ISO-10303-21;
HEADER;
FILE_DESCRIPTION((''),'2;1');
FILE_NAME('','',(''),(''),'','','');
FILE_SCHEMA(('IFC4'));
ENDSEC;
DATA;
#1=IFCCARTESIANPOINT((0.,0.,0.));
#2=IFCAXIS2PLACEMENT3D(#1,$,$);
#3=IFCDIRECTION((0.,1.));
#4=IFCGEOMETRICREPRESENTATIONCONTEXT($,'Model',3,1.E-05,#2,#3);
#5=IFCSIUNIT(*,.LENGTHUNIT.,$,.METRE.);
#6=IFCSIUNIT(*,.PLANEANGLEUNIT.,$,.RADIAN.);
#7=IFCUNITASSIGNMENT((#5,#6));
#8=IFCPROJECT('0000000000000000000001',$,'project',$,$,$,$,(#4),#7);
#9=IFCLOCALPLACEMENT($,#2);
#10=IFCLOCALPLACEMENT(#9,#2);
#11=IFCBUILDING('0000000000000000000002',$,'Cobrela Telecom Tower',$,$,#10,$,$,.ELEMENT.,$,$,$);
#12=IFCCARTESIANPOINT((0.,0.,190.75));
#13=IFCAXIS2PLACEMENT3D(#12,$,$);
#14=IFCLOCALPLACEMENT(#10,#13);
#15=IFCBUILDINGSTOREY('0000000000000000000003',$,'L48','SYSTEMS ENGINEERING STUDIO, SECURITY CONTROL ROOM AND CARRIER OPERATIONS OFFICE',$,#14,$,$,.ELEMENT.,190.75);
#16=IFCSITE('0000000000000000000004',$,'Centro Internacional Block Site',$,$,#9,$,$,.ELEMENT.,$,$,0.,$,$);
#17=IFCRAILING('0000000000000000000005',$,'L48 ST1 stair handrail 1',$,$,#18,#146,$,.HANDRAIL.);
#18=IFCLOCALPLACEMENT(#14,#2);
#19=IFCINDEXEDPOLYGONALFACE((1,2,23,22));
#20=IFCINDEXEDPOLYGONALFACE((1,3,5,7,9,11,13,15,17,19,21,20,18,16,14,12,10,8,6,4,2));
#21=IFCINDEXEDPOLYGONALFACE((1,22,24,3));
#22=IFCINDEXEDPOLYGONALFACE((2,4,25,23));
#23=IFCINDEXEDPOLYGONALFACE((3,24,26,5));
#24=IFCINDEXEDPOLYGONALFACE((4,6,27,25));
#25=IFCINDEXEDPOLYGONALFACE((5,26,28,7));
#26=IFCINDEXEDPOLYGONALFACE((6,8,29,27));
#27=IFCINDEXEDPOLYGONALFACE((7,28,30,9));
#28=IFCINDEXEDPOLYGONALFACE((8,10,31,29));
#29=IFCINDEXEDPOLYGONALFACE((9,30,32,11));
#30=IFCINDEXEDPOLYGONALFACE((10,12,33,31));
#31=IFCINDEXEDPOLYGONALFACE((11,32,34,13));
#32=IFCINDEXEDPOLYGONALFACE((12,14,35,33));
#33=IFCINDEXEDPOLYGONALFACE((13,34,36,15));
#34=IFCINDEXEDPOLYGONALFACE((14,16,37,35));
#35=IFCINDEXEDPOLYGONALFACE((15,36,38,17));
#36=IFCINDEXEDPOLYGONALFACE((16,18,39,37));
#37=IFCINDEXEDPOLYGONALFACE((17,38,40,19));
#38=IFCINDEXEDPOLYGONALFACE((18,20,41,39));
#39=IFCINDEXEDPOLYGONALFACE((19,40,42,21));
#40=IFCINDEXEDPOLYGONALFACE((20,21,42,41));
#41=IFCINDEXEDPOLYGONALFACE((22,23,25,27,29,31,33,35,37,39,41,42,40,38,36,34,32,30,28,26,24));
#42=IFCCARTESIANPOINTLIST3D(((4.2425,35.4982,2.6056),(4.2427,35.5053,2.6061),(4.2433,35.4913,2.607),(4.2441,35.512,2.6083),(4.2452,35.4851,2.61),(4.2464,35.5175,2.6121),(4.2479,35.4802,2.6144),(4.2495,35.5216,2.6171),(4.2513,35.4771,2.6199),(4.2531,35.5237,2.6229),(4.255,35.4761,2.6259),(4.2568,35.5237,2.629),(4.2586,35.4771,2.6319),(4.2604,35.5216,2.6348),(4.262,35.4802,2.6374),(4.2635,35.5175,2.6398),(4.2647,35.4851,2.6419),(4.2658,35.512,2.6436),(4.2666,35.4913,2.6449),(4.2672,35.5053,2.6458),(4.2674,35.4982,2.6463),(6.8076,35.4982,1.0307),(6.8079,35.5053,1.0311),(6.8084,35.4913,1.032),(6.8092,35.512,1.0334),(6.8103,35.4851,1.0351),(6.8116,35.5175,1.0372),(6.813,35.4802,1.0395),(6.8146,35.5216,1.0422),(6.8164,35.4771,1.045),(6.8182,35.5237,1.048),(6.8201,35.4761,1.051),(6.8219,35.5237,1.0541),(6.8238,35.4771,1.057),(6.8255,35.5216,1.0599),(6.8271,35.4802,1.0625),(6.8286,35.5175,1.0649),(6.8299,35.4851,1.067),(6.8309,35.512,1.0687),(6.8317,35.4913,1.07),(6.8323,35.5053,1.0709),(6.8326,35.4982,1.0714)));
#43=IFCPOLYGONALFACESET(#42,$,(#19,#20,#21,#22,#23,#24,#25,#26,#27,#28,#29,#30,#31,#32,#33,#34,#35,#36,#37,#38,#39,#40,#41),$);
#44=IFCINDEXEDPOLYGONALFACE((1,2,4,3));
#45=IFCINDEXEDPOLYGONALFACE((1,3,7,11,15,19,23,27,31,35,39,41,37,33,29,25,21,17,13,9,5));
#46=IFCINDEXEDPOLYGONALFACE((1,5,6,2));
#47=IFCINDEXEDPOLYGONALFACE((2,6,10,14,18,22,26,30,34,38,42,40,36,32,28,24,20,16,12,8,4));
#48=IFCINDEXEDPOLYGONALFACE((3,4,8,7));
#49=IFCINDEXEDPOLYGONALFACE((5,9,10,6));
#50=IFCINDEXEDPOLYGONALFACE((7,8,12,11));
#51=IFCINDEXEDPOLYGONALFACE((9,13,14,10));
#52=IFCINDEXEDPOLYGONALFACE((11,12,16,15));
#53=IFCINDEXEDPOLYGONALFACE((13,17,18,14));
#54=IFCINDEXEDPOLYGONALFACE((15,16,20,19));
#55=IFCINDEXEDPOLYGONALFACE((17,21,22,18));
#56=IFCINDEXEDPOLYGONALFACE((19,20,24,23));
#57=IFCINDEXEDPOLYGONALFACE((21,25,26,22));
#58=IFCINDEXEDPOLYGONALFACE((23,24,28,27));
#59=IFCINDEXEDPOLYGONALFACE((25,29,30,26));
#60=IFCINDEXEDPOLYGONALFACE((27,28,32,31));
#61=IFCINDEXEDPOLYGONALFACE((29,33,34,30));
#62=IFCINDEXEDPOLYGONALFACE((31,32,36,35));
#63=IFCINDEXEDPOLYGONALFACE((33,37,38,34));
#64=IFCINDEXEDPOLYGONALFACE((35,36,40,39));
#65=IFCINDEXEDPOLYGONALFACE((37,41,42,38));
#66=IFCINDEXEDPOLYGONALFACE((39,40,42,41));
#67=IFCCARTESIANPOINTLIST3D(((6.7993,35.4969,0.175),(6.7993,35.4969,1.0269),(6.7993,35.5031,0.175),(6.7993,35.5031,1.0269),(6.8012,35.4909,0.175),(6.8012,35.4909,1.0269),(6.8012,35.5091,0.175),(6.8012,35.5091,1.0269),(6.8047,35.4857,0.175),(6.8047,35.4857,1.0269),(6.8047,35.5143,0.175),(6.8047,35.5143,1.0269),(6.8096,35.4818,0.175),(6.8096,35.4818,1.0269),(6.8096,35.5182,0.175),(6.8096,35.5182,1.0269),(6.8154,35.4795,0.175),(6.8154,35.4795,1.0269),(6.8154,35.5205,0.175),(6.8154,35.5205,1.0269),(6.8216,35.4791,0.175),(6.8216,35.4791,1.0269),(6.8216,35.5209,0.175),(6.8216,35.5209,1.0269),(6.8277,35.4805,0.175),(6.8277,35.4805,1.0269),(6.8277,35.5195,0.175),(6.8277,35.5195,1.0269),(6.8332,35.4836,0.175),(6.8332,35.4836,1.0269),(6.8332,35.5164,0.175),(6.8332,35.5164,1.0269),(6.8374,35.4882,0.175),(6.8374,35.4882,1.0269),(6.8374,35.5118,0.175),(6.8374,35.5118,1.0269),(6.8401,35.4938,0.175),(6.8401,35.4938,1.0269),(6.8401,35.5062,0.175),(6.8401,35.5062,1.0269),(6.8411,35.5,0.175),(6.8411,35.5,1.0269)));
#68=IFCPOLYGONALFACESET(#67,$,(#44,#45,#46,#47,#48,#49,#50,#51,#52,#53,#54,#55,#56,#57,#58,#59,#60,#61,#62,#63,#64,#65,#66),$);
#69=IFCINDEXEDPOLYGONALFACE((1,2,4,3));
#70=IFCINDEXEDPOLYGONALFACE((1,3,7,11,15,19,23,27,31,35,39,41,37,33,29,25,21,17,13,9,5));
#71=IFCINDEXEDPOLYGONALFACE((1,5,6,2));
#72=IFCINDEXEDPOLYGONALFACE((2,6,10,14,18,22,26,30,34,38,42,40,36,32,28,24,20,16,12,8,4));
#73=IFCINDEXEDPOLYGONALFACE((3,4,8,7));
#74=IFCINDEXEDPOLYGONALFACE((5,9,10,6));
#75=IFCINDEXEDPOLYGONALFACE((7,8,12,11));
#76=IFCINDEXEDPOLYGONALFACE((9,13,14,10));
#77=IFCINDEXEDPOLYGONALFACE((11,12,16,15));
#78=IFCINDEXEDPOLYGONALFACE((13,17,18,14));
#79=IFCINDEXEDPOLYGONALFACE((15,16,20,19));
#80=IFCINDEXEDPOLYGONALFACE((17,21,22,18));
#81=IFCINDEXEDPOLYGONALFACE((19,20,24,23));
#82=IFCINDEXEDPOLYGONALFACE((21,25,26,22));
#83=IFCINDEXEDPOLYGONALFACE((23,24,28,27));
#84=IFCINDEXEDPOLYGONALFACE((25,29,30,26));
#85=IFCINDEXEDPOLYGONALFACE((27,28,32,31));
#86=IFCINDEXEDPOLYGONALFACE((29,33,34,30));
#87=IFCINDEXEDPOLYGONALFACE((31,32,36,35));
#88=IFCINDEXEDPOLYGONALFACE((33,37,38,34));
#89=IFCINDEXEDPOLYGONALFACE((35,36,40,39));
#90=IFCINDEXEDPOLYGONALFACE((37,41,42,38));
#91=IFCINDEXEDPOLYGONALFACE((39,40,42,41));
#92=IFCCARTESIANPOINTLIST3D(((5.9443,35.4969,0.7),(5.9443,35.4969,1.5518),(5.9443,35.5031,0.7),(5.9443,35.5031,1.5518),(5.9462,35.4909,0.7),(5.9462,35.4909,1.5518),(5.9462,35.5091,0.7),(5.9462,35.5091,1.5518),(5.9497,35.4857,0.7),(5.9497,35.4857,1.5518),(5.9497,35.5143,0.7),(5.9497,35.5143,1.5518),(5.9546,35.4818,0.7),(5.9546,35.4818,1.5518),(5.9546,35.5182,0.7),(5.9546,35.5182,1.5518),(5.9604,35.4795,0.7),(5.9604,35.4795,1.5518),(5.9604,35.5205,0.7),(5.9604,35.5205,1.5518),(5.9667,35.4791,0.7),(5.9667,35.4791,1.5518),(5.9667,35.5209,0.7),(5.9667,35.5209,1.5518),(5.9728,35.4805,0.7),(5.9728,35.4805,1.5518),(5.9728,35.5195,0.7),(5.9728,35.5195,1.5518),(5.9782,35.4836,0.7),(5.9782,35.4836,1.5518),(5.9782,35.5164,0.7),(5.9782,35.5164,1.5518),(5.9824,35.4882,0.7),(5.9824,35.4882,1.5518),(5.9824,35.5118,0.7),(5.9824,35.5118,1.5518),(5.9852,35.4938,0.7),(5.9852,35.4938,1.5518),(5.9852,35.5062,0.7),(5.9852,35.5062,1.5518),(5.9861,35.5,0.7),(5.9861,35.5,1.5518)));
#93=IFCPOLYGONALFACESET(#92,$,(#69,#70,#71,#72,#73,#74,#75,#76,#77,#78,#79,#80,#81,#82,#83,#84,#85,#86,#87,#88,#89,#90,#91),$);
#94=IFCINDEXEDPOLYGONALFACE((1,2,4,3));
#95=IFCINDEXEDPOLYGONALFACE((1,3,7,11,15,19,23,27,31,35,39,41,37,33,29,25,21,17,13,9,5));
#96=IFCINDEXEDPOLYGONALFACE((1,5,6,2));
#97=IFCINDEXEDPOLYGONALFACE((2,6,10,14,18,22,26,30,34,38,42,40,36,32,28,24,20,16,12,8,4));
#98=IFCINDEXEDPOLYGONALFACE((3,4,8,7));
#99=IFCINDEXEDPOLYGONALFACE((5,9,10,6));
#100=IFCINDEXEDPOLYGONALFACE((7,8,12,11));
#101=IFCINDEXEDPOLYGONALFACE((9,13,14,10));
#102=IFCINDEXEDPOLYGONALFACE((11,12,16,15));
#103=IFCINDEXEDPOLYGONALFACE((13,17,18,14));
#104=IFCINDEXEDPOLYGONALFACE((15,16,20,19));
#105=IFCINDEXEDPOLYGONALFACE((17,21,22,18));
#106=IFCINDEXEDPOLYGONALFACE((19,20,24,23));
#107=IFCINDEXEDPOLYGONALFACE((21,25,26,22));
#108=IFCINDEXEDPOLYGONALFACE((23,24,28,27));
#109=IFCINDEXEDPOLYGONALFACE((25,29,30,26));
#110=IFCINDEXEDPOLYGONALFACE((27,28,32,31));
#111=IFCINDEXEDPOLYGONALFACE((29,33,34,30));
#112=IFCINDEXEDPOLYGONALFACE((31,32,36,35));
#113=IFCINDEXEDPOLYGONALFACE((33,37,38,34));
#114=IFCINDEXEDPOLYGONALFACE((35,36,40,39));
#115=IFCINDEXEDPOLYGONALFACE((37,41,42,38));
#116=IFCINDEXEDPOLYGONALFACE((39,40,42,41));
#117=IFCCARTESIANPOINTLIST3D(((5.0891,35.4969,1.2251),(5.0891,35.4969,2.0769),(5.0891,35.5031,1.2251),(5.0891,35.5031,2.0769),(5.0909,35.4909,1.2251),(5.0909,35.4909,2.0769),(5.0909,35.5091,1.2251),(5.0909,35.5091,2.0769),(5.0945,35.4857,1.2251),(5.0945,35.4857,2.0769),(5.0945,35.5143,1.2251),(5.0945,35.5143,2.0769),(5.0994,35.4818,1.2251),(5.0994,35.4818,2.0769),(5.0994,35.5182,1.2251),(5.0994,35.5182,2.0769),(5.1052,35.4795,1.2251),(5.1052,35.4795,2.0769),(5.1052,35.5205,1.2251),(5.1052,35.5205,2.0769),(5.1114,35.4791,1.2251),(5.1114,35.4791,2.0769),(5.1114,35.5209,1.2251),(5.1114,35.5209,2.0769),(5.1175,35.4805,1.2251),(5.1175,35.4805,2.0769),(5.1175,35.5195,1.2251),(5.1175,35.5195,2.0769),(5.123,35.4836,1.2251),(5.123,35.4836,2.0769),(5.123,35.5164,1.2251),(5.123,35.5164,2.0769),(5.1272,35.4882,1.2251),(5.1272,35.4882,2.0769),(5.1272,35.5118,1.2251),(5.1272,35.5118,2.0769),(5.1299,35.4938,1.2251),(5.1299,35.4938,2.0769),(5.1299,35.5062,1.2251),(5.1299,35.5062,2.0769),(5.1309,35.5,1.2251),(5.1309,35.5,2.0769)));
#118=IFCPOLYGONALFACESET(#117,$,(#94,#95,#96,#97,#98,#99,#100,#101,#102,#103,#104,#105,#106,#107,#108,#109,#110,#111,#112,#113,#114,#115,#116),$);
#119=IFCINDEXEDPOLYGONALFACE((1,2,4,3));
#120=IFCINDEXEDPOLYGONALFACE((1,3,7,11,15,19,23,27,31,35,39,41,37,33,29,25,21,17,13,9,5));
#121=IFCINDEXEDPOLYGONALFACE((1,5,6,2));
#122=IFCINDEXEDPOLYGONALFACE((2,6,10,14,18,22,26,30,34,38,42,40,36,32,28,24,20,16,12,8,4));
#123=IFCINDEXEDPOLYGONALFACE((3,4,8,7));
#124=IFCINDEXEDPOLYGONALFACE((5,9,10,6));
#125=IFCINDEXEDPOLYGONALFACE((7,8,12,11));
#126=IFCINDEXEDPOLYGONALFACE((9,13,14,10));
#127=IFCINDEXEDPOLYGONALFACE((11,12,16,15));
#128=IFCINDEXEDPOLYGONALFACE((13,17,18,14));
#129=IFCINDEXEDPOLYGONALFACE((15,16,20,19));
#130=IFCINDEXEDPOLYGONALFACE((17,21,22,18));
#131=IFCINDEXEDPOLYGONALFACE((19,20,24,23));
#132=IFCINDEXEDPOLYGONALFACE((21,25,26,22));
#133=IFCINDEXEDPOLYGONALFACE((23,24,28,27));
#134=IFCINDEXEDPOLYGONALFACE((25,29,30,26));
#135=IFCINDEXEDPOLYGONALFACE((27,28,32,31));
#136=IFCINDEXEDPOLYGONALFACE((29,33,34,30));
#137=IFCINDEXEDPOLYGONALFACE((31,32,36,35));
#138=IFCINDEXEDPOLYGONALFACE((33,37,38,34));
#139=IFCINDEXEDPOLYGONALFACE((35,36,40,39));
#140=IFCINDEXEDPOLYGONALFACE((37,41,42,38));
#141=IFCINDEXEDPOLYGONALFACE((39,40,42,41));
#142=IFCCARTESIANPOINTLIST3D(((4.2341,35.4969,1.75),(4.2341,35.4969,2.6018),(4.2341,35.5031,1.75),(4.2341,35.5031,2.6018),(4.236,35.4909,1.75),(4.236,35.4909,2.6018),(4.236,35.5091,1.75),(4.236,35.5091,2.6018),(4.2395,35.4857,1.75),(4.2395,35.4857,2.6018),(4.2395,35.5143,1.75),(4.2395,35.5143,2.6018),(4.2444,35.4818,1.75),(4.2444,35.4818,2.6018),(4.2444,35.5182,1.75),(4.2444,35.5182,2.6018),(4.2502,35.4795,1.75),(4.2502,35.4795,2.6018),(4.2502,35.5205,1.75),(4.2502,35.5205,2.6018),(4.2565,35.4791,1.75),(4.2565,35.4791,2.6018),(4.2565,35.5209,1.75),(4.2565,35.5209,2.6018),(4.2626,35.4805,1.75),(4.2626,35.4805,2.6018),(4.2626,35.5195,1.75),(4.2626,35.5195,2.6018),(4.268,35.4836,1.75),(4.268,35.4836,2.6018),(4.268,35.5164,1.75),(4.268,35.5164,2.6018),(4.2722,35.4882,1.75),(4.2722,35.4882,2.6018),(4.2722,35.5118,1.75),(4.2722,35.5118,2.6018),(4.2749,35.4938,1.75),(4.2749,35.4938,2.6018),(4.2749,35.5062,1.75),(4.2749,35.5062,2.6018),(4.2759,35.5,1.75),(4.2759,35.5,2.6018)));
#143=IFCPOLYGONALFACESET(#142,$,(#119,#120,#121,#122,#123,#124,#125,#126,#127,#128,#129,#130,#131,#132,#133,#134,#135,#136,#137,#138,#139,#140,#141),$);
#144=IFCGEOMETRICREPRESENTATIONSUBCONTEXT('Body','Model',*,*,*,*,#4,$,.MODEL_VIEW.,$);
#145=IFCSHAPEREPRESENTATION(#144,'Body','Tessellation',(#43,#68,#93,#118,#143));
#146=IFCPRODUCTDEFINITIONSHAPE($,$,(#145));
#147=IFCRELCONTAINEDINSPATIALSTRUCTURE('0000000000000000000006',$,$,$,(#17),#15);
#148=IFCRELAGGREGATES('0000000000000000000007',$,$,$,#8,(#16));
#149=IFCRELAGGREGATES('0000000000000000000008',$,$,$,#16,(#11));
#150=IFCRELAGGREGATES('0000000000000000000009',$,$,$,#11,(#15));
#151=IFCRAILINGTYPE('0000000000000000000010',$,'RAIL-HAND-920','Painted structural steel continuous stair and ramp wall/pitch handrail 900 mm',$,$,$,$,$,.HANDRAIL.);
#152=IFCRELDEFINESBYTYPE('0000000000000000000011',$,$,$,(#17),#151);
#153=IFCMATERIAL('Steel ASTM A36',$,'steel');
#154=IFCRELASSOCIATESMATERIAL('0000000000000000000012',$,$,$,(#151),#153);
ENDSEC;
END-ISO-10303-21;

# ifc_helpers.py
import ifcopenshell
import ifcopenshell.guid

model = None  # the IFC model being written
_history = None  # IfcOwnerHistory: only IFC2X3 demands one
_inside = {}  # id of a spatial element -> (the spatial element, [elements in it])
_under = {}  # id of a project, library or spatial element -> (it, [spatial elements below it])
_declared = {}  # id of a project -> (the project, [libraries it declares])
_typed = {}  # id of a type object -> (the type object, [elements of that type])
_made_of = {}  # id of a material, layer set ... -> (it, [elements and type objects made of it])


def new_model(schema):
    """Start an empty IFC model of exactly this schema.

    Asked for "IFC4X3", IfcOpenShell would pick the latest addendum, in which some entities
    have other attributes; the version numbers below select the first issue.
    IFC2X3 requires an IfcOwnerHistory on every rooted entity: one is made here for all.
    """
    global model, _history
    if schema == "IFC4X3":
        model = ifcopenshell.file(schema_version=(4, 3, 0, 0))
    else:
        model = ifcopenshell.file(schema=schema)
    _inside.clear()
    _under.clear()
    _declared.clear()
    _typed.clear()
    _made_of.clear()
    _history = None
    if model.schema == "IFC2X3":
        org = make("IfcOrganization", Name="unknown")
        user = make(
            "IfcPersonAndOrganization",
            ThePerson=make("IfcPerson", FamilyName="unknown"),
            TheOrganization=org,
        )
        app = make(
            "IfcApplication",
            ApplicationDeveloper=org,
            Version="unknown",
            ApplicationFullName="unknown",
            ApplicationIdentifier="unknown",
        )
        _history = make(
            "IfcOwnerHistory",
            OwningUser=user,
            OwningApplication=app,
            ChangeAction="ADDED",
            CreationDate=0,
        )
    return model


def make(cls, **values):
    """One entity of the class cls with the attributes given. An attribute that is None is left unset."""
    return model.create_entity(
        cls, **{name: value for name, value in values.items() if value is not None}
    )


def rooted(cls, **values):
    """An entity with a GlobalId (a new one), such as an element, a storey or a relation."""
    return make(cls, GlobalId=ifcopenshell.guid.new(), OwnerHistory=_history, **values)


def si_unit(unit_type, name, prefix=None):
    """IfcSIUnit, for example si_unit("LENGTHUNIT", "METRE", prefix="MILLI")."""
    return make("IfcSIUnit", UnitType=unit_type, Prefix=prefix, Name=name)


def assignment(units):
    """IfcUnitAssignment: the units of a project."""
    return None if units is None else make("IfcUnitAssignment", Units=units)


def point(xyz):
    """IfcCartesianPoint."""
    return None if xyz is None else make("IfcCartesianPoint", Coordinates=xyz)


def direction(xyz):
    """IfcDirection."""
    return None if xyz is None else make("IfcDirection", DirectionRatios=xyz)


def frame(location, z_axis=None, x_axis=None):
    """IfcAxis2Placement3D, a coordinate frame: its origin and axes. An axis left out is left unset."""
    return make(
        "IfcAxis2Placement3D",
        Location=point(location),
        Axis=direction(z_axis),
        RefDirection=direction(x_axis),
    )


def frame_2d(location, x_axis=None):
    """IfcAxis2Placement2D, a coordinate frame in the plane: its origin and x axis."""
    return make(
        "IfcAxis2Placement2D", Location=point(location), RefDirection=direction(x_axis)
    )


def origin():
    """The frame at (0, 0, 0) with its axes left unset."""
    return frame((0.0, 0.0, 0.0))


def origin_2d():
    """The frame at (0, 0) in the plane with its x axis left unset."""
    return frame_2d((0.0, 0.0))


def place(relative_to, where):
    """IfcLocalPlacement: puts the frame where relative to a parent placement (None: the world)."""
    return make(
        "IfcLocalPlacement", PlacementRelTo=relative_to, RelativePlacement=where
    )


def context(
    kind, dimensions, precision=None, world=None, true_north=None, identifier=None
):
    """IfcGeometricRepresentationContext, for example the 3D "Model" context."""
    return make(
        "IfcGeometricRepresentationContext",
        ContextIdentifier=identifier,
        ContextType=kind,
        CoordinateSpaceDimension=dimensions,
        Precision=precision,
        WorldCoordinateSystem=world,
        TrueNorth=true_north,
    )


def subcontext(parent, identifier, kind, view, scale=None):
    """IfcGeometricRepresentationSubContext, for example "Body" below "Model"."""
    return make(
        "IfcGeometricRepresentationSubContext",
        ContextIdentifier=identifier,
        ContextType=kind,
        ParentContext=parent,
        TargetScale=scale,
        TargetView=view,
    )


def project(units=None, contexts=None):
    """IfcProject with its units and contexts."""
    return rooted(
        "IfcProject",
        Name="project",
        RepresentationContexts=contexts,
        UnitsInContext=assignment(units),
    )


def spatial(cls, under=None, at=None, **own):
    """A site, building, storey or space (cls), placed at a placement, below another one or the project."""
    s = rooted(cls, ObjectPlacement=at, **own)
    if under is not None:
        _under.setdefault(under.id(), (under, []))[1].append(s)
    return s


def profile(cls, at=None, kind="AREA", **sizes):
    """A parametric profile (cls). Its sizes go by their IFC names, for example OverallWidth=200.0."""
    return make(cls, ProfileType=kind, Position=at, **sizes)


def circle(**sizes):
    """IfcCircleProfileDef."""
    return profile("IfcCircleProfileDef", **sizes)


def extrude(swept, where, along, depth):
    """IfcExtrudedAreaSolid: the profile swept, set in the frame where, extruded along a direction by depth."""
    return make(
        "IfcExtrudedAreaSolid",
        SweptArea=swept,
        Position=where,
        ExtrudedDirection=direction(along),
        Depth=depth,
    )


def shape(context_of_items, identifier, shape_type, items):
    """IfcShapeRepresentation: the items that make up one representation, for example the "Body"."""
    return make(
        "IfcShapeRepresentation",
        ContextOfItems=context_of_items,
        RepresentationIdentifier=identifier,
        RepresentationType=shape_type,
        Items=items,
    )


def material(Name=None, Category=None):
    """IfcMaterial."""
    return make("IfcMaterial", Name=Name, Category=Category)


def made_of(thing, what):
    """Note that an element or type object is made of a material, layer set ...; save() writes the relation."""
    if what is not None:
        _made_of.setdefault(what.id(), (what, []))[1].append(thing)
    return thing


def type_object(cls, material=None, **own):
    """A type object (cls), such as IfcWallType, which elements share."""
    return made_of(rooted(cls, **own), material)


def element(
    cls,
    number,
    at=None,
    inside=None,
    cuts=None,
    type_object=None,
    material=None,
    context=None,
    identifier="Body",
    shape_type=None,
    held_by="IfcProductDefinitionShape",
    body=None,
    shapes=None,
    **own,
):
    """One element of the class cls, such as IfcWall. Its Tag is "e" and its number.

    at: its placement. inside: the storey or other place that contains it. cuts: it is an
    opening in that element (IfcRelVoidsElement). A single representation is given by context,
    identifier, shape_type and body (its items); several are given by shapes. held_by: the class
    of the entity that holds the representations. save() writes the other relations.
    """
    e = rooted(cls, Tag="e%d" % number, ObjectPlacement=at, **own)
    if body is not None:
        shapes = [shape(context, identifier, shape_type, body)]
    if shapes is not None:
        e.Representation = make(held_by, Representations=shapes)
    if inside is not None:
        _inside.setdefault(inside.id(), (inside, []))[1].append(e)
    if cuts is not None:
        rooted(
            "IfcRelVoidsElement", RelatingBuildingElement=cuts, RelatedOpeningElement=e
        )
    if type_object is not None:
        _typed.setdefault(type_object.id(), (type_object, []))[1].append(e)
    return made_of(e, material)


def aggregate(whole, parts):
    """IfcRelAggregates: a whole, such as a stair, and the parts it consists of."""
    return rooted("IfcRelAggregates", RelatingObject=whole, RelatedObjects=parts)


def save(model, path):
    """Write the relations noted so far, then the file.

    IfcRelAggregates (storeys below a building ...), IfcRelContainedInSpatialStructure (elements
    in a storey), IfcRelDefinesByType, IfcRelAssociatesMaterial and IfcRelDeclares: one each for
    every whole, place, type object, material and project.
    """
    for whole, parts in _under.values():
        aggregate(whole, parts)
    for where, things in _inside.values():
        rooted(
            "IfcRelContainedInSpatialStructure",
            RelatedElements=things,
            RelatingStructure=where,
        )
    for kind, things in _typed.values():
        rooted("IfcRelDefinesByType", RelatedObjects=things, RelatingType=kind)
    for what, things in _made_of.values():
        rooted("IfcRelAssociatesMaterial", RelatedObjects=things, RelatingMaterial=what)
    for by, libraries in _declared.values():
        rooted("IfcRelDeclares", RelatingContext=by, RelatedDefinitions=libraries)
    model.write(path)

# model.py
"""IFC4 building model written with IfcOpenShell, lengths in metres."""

from ifc_helpers import new_model, si_unit, direction, frame, origin, origin_2d, place, context, subcontext, project, spatial, circle, extrude, material, type_object, element, save


model = new_model("IFC4")

# Units and contexts
model_context = context("Model", 3, precision=1e-05, world=origin(), true_north=direction((0.0, 1.0)))
body_context = subcontext(model_context, "Body", "Model", "MODEL_VIEW")
ifc_project = project(units=[si_unit("LENGTHUNIT", "METRE"), si_unit("PLANEANGLEUNIT", "RADIAN")], contexts=[model_context])

# Site, building, storey
site_placement = place(None, origin())
site = spatial("IfcSite", under=ifc_project, at=site_placement, Name="Centro Internacional Block Site", CompositionType="ELEMENT", RefElevation=0.0)
building_placement = place(site_placement, origin())
building = spatial("IfcBuilding", under=site, at=building_placement, Name="Cobrela Telecom Tower", CompositionType="ELEMENT")
storey_placement = place(building_placement, frame((0.0, 0.0, 190.75)))
storey = spatial("IfcBuildingStorey", under=building, at=storey_placement, Name="L48", Description="SYSTEMS ENGINEERING STUDIO, SECURITY CONTROL ROOM AND CARRIER OPERATIONS OFFICE", CompositionType="ELEMENT", Elevation=190.75)

# Shared definitions
ifc_material_1 = material(Name="Steel ASTM A36", Category="steel")

# Railing
railing_type_1 = type_object("IfcRailingType", Name="RAIL-HAND-920", Description="Painted structural steel continuous stair and ramp wall/pitch handrail 900 mm", PredefinedType="HANDRAIL", material=ifc_material_1)
railing_1_placement = place(storey_placement, frame((6.8201, 35.5, 0.175)))
element("IfcRailing", 1, at=railing_1_placement, inside=storey, type_object=railing_type_1, Name="L48 ST1 stair handrail 1", PredefinedType="HANDRAIL", context=body_context, shape_type="SweptSolid", body=[
    extrude(circle(Radius=0.0239, at=origin_2d()), frame((0.0, 0.0, 0.876), z_axis=(-0.852195, 0.0, 0.523224), x_axis=(0.0, -1.0, 0.0)), (0.0, 0.0, 1.0), 3.01),
    extrude(circle(Radius=0.021, at=origin_2d()), origin(), (0.0, 0.0, 1.0), 0.8518),
    extrude(circle(Radius=0.021, at=origin_2d()), frame((-0.855, 0.0, 0.5249)), (0.0, 0.0, 1.0), 0.8518),
    extrude(circle(Radius=0.021, at=origin_2d()), frame((-1.7102, 0.0, 1.05)), (0.0, 0.0, 1.0), 0.8518),
    extrude(circle(Radius=0.021, at=origin_2d()), frame((-2.5652, 0.0, 1.575)), (0.0, 0.0, 1.0), 0.8518),
])

save(model, "model.ifc")
